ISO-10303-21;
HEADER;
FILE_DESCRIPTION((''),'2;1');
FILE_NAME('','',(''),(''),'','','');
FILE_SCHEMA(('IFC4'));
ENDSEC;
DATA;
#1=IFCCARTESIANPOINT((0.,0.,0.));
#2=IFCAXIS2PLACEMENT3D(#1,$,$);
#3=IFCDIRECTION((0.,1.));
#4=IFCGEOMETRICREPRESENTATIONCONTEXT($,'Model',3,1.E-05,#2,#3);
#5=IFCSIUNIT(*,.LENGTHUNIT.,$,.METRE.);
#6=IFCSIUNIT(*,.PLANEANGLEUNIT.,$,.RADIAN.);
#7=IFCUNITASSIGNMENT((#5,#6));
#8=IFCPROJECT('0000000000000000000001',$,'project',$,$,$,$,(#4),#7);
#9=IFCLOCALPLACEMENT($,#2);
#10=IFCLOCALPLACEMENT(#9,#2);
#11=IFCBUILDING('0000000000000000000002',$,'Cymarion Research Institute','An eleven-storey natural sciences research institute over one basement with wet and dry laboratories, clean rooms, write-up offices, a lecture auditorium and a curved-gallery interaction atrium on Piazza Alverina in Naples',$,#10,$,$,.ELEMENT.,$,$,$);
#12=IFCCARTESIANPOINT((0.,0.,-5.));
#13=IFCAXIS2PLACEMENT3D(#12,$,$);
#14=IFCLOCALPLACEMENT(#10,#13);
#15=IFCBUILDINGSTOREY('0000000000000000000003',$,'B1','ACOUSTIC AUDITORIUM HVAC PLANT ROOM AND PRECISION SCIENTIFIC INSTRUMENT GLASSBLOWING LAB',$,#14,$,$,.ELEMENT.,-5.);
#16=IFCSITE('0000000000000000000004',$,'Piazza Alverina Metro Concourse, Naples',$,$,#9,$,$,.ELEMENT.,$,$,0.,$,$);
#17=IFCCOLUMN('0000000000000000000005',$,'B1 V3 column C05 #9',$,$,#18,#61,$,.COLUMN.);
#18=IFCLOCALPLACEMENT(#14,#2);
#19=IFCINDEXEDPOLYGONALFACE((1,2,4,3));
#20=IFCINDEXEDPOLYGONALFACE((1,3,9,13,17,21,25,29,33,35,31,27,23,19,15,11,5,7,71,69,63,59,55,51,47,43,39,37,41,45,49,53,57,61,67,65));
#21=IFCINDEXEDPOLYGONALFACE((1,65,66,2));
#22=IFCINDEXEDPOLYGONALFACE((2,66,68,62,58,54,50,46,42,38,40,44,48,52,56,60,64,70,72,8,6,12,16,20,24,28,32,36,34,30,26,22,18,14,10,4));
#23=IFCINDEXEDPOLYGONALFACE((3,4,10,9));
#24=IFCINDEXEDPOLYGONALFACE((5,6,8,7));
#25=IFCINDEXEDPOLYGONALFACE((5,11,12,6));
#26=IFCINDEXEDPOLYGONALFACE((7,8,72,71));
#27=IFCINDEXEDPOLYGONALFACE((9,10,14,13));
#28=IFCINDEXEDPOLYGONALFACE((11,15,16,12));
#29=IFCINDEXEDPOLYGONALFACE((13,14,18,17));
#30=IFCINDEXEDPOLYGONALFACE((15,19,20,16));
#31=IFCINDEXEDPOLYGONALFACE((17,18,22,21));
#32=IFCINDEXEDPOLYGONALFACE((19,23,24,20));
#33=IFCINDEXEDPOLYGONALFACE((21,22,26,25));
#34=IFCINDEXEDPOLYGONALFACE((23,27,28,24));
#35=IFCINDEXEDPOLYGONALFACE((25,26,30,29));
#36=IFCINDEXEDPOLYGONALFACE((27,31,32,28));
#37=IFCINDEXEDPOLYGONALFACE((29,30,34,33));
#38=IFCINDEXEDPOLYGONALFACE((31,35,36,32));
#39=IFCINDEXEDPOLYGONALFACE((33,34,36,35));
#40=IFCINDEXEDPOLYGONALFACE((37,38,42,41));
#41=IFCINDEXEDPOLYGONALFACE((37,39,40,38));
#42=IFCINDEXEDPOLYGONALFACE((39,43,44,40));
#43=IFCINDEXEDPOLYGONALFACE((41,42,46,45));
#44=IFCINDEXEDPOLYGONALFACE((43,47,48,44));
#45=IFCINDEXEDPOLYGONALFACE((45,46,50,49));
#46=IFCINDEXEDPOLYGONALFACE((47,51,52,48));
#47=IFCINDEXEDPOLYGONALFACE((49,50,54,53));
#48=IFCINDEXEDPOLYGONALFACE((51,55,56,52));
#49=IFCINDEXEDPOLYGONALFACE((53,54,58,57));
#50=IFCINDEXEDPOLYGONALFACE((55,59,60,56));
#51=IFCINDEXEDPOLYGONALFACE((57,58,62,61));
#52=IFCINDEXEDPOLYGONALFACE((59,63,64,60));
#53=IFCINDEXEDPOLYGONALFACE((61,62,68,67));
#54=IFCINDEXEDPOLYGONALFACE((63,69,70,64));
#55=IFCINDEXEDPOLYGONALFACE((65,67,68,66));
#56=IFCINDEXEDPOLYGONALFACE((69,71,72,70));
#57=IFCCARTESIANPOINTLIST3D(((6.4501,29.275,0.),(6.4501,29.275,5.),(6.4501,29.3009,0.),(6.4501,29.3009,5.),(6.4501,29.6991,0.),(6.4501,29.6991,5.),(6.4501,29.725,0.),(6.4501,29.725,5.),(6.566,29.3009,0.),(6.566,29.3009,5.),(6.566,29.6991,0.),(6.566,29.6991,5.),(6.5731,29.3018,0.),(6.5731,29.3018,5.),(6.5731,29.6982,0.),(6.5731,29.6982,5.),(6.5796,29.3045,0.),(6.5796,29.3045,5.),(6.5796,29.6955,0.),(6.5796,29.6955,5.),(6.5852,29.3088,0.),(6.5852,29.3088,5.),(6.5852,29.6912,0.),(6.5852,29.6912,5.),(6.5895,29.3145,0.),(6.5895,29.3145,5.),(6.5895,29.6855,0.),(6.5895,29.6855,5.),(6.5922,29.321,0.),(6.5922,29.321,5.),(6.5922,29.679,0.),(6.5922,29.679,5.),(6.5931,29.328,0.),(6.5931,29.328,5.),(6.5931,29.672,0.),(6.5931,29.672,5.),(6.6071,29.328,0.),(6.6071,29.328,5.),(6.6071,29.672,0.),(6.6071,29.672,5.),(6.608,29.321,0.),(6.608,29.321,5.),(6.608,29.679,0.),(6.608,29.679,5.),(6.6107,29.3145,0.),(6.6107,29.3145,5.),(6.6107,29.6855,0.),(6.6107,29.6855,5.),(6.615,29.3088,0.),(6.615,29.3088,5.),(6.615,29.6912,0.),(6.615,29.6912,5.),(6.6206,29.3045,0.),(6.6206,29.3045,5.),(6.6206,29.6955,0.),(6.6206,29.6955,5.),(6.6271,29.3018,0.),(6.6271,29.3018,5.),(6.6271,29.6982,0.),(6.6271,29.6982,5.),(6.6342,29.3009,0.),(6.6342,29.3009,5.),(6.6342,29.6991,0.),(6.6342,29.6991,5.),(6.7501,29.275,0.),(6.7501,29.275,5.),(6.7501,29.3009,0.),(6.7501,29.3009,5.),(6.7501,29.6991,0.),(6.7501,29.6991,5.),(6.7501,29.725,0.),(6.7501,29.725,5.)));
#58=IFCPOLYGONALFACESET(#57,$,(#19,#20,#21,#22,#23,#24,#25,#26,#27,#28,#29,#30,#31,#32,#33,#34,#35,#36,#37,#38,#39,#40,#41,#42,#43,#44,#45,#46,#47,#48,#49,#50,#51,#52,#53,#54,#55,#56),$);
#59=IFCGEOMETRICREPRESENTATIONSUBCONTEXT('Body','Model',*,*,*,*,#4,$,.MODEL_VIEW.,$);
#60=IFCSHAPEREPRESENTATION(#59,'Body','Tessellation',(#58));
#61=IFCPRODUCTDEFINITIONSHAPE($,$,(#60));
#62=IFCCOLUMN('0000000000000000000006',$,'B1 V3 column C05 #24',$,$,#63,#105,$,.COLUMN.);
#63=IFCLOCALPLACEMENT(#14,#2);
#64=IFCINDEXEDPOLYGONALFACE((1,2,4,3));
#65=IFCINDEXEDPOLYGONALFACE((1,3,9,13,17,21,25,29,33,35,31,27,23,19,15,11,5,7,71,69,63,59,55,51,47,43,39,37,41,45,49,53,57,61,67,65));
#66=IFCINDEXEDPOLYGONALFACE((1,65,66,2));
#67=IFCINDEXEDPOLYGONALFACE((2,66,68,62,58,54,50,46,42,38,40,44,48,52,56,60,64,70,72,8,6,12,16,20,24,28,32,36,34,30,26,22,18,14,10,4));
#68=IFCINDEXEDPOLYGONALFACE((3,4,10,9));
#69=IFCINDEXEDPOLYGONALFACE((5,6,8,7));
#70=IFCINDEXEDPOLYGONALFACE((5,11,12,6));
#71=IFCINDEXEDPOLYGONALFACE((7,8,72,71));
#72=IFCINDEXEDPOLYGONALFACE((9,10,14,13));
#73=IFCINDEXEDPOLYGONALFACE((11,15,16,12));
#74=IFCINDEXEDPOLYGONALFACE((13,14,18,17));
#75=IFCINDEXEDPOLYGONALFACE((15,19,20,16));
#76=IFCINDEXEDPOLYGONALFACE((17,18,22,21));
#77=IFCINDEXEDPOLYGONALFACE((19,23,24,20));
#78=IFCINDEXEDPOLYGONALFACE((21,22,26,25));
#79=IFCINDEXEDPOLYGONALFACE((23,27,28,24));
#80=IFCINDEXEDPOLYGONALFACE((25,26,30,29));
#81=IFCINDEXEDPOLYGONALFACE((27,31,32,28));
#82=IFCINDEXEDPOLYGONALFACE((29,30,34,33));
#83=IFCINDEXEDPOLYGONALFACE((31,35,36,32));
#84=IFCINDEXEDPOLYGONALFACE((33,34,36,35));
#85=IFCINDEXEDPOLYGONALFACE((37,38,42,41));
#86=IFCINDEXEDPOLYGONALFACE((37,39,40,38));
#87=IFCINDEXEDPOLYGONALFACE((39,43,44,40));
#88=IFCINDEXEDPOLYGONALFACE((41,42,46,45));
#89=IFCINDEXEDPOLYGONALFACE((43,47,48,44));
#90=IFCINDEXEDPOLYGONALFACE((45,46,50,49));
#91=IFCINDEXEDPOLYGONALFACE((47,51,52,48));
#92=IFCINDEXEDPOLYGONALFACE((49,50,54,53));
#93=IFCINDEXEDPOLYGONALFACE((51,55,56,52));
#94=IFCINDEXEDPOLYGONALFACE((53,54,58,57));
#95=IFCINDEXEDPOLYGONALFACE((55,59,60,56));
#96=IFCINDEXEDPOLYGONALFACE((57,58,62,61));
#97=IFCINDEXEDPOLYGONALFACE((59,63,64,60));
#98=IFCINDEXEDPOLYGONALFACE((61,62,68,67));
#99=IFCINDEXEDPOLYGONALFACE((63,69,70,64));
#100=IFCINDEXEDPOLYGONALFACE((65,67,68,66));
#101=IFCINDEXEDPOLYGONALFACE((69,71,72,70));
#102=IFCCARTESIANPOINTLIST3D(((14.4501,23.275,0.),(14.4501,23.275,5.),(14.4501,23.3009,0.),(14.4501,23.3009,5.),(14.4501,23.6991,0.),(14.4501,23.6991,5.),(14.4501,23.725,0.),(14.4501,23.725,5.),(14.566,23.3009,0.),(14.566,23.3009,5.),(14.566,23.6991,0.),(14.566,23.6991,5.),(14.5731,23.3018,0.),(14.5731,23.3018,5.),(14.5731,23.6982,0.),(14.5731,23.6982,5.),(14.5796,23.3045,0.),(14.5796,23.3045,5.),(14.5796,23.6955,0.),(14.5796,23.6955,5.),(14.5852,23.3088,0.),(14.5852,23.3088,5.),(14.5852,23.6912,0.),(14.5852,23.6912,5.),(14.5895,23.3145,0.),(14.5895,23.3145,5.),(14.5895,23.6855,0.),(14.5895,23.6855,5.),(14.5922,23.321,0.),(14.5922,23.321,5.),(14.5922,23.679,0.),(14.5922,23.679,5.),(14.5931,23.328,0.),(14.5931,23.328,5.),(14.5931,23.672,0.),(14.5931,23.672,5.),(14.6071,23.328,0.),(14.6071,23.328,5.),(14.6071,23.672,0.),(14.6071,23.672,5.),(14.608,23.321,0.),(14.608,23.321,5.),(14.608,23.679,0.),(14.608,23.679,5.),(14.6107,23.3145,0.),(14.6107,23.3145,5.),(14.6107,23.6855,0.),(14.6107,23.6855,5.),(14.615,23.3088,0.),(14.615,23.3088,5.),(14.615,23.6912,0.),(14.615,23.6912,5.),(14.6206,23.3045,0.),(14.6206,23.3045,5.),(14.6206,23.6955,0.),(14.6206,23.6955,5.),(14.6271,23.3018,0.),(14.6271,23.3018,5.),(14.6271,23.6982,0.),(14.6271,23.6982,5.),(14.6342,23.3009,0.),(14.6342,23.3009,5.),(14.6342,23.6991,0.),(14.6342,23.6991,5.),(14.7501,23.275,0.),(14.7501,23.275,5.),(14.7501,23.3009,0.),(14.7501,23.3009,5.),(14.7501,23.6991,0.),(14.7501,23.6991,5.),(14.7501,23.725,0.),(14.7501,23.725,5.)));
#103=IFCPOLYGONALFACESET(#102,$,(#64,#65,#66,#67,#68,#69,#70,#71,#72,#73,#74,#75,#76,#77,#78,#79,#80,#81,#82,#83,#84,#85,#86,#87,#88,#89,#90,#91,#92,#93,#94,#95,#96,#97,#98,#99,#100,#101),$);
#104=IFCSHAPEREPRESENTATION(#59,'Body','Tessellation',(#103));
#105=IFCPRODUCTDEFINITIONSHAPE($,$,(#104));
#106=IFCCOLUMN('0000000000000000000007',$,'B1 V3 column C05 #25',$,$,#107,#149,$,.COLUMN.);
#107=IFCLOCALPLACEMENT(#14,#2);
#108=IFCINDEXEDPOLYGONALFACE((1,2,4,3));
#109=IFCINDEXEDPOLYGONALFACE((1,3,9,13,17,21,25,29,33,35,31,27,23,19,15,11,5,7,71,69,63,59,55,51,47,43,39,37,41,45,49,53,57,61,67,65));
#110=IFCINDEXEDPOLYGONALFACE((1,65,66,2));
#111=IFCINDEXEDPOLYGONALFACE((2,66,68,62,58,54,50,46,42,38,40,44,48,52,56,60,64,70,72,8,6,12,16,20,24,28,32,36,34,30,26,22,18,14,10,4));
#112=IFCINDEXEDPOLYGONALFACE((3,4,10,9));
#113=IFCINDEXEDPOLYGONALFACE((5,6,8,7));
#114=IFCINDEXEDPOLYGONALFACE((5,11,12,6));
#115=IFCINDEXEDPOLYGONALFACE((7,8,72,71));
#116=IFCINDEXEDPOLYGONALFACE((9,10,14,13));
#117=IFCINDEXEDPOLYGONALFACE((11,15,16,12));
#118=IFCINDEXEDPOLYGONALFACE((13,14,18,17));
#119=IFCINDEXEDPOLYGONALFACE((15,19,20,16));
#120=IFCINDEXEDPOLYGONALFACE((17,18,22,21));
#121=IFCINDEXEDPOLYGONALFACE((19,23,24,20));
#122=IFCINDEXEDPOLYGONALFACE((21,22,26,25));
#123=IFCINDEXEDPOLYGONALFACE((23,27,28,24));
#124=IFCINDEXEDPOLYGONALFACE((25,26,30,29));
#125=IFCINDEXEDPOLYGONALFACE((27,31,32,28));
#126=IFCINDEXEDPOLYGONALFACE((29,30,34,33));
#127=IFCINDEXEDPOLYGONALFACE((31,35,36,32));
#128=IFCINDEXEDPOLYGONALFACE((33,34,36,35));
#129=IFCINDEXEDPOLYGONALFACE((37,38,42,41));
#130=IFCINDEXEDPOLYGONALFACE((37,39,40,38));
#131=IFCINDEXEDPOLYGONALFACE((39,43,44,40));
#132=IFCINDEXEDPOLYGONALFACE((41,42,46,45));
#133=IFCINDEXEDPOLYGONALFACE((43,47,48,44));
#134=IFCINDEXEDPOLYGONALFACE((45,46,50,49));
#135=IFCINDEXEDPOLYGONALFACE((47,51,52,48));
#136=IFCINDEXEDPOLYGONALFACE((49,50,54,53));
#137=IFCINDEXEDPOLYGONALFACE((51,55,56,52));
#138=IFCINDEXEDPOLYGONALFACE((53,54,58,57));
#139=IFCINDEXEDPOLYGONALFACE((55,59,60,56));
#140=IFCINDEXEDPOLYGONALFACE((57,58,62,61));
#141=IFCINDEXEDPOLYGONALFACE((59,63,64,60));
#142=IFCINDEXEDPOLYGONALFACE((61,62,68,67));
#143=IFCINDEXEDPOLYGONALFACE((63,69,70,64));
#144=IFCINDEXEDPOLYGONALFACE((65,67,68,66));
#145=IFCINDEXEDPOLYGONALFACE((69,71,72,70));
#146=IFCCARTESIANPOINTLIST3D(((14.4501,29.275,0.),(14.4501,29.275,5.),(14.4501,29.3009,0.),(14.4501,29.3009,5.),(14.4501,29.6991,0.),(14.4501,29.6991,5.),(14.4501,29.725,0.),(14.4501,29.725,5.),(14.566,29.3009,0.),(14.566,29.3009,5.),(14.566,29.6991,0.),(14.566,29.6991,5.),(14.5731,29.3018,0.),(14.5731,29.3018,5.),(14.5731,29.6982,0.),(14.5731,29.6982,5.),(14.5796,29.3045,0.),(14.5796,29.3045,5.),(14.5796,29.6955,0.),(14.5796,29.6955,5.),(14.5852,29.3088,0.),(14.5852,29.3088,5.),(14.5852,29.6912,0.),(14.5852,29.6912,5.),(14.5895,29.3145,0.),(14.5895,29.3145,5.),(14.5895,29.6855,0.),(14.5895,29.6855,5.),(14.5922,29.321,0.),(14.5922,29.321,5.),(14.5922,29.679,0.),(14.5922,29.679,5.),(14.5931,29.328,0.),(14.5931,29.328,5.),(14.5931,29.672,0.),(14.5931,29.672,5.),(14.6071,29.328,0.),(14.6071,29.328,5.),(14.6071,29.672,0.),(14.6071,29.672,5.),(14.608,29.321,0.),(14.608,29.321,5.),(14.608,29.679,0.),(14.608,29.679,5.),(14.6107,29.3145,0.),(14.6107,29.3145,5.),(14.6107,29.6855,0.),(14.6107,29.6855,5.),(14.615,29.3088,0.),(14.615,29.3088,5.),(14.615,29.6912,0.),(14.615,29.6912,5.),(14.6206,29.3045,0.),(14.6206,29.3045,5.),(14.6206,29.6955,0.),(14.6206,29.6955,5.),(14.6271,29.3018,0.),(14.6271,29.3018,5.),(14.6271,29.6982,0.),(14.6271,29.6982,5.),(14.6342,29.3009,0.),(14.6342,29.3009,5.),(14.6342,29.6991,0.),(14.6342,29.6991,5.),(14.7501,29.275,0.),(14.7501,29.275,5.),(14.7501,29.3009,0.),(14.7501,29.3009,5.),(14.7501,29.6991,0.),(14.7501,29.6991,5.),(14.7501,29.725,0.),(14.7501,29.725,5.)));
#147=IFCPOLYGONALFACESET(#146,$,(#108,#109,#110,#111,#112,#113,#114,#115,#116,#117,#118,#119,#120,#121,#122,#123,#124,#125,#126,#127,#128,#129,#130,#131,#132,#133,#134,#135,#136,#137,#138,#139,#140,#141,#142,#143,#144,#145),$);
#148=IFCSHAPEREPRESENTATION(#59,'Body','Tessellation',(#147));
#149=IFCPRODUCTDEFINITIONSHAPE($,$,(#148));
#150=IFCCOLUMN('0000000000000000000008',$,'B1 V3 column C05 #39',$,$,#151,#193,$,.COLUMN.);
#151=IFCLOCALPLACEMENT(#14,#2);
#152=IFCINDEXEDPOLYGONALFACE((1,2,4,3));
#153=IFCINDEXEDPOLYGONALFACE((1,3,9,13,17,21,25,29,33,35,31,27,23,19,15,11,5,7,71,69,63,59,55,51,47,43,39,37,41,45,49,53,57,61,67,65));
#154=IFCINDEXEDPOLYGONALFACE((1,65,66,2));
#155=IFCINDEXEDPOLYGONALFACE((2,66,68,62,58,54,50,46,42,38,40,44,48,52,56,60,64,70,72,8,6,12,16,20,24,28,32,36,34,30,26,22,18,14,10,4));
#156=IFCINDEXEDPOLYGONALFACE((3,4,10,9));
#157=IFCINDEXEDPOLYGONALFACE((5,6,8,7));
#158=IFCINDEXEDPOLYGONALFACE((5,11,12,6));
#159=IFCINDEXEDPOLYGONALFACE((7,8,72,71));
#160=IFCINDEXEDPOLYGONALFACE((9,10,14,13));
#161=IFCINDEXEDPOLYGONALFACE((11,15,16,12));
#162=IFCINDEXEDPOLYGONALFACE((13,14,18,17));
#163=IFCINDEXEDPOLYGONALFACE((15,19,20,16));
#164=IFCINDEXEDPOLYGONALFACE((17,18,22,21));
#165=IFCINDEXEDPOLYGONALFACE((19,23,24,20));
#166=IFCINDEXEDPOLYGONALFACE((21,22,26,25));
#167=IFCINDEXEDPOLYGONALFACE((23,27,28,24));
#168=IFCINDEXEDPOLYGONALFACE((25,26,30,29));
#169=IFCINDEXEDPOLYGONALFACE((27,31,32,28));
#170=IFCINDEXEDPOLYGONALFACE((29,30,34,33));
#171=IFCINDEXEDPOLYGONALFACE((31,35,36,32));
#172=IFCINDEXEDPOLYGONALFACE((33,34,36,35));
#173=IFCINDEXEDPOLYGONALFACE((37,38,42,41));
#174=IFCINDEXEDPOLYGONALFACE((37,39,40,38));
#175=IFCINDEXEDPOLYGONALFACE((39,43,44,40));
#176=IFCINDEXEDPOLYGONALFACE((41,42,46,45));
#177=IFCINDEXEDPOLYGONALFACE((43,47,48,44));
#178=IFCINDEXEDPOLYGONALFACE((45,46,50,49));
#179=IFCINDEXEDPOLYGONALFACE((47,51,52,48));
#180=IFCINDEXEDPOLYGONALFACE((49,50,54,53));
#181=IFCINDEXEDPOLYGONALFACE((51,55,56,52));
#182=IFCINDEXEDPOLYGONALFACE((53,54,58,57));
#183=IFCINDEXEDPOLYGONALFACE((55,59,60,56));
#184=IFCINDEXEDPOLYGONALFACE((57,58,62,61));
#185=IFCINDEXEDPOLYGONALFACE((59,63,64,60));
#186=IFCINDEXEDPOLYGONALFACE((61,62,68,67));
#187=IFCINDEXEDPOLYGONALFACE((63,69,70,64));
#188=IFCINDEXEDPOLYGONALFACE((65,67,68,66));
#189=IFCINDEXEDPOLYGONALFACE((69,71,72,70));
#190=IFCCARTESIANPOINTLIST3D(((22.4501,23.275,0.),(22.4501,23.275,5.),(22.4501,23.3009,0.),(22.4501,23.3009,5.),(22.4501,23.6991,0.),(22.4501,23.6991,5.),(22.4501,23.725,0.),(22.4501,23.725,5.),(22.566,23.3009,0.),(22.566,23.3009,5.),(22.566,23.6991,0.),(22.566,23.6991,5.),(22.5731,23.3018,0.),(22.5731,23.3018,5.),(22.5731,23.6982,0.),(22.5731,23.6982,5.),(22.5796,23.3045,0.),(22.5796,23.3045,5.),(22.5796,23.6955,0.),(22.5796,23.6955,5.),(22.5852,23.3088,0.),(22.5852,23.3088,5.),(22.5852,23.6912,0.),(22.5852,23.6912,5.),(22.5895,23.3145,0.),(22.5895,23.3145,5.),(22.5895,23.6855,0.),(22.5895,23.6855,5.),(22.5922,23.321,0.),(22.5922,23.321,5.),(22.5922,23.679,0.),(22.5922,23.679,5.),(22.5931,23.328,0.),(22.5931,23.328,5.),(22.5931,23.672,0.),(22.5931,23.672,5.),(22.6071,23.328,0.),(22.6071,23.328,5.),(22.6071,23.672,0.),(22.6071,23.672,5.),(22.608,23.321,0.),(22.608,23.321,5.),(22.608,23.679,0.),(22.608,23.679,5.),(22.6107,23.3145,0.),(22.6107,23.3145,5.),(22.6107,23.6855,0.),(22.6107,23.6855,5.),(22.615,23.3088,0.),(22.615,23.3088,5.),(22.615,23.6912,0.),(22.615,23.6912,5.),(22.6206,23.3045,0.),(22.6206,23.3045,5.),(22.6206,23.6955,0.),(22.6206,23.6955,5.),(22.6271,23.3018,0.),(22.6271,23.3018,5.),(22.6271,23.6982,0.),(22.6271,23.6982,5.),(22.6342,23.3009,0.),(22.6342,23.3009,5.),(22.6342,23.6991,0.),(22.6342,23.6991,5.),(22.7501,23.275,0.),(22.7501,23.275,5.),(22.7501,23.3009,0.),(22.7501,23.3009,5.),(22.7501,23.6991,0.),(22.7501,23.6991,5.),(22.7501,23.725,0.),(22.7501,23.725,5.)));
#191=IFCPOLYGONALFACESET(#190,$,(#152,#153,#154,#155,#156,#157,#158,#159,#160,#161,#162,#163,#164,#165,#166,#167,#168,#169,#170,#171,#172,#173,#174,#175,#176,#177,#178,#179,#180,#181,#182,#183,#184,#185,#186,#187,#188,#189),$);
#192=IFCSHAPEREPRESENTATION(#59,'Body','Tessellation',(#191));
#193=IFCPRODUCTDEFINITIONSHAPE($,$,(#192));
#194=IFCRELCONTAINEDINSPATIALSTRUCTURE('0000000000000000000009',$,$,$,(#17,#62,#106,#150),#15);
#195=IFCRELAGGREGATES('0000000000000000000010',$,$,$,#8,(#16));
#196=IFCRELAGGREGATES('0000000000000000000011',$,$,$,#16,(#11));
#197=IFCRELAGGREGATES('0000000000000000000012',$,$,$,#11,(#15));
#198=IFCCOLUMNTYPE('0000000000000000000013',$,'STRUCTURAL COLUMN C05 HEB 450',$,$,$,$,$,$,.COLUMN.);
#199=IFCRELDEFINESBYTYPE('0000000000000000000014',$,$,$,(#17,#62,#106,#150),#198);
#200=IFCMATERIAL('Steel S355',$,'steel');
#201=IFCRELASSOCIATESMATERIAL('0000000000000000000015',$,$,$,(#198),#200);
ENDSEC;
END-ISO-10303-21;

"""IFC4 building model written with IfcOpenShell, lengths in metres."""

from ifc_helpers import new_model, si_unit, direction, frame, origin, origin_2d, place, context, subcontext, project, spatial, i_section, extrude, material, material_profile, profile_set, type_object, element, save


model = new_model("IFC4")

# Units and contexts
model_context = context("Model", 3, precision=1e-05, world=origin(), true_north=direction((0.0, 1.0)))
body_context = subcontext(model_context, "Body", "Model", "MODEL_VIEW")
ifc_project = project(units=[si_unit("LENGTHUNIT", "METRE"), si_unit("PLANEANGLEUNIT", "RADIAN")], contexts=[model_context])

# Site, building, storey
site_placement = place(None, origin())
site = spatial("IfcSite", under=ifc_project, at=site_placement, Name="Piazza Alverina Metro Concourse, Naples", CompositionType="ELEMENT", RefElevation=0.0)
building_placement = place(site_placement, origin())
building = spatial("IfcBuilding", under=site, at=building_placement, Name="Cymarion Research Institute", Description="An eleven-storey natural sciences research institute over one basement with wet and dry laboratories, clean rooms, write-up offices, a lecture auditorium and a curved-gallery interaction atrium on Piazza Alverina in Naples", CompositionType="ELEMENT")
storey_placement = place(building_placement, frame((0.0, 0.0, -5.0)))
storey = spatial("IfcBuildingStorey", under=building, at=storey_placement, Name="B1", Description="ACOUSTIC AUDITORIUM HVAC PLANT ROOM AND PRECISION SCIENTIFIC INSTRUMENT GLASSBLOWING LAB", CompositionType="ELEMENT", Elevation=-5.0)

# Columns
ifc_material_1 = material(Name="Steel S355", Category="steel")
ifc_material_profile_1 = material_profile(ifc_material_1, i_section(OverallWidth=0.3, OverallDepth=0.45, WebThickness=0.0139, FlangeThickness=0.0259, FilletRadius=0.0271, at=origin_2d()), Name="HEB 450")
ifc_profile_set_1 = profile_set([ifc_material_profile_1], Name="Steel S355")
column_type_1 = type_object("IfcColumnType", Name="STRUCTURAL COLUMN C05 HEB 450", PredefinedType="COLUMN", material=ifc_profile_set_1)
for number, where, z_axis, x_axis, name in (
    (1, (6.6001, 29.5, 0.0), (0.0, 0.0, 1.0), (1.0, 0.0, 0.0), "B1 V3 column C05 #9"),
    (2, (14.6001, 23.5, 0.0), (0.0, 0.0, 1.0), (1.0, 0.0, 0.0), "B1 V3 column C05 #24"),
    (3, (14.6001, 29.5, 0.0), (0.0, 0.0, 1.0), (1.0, 0.0, 0.0), "B1 V3 column C05 #25"),
    (4, (22.6001, 23.5, 0.0), (0.0, 0.0, 1.0), (1.0, 0.0, 0.0), "B1 V3 column C05 #39"),
):
    element("IfcColumn", number, at=place(storey_placement, frame(where, z_axis=z_axis, x_axis=x_axis)), inside=storey, type_object=column_type_1, Name=name, PredefinedType="COLUMN", context=body_context, shape_type="SweptSolid", body=[
        extrude(i_section(OverallWidth=0.3, OverallDepth=0.45, WebThickness=0.0139, FlangeThickness=0.0259, FilletRadius=0.0271, at=origin_2d()), origin(), (0.0, 0.0, 1.0), 5.0),
    ])

save(model, "model.ifc")
